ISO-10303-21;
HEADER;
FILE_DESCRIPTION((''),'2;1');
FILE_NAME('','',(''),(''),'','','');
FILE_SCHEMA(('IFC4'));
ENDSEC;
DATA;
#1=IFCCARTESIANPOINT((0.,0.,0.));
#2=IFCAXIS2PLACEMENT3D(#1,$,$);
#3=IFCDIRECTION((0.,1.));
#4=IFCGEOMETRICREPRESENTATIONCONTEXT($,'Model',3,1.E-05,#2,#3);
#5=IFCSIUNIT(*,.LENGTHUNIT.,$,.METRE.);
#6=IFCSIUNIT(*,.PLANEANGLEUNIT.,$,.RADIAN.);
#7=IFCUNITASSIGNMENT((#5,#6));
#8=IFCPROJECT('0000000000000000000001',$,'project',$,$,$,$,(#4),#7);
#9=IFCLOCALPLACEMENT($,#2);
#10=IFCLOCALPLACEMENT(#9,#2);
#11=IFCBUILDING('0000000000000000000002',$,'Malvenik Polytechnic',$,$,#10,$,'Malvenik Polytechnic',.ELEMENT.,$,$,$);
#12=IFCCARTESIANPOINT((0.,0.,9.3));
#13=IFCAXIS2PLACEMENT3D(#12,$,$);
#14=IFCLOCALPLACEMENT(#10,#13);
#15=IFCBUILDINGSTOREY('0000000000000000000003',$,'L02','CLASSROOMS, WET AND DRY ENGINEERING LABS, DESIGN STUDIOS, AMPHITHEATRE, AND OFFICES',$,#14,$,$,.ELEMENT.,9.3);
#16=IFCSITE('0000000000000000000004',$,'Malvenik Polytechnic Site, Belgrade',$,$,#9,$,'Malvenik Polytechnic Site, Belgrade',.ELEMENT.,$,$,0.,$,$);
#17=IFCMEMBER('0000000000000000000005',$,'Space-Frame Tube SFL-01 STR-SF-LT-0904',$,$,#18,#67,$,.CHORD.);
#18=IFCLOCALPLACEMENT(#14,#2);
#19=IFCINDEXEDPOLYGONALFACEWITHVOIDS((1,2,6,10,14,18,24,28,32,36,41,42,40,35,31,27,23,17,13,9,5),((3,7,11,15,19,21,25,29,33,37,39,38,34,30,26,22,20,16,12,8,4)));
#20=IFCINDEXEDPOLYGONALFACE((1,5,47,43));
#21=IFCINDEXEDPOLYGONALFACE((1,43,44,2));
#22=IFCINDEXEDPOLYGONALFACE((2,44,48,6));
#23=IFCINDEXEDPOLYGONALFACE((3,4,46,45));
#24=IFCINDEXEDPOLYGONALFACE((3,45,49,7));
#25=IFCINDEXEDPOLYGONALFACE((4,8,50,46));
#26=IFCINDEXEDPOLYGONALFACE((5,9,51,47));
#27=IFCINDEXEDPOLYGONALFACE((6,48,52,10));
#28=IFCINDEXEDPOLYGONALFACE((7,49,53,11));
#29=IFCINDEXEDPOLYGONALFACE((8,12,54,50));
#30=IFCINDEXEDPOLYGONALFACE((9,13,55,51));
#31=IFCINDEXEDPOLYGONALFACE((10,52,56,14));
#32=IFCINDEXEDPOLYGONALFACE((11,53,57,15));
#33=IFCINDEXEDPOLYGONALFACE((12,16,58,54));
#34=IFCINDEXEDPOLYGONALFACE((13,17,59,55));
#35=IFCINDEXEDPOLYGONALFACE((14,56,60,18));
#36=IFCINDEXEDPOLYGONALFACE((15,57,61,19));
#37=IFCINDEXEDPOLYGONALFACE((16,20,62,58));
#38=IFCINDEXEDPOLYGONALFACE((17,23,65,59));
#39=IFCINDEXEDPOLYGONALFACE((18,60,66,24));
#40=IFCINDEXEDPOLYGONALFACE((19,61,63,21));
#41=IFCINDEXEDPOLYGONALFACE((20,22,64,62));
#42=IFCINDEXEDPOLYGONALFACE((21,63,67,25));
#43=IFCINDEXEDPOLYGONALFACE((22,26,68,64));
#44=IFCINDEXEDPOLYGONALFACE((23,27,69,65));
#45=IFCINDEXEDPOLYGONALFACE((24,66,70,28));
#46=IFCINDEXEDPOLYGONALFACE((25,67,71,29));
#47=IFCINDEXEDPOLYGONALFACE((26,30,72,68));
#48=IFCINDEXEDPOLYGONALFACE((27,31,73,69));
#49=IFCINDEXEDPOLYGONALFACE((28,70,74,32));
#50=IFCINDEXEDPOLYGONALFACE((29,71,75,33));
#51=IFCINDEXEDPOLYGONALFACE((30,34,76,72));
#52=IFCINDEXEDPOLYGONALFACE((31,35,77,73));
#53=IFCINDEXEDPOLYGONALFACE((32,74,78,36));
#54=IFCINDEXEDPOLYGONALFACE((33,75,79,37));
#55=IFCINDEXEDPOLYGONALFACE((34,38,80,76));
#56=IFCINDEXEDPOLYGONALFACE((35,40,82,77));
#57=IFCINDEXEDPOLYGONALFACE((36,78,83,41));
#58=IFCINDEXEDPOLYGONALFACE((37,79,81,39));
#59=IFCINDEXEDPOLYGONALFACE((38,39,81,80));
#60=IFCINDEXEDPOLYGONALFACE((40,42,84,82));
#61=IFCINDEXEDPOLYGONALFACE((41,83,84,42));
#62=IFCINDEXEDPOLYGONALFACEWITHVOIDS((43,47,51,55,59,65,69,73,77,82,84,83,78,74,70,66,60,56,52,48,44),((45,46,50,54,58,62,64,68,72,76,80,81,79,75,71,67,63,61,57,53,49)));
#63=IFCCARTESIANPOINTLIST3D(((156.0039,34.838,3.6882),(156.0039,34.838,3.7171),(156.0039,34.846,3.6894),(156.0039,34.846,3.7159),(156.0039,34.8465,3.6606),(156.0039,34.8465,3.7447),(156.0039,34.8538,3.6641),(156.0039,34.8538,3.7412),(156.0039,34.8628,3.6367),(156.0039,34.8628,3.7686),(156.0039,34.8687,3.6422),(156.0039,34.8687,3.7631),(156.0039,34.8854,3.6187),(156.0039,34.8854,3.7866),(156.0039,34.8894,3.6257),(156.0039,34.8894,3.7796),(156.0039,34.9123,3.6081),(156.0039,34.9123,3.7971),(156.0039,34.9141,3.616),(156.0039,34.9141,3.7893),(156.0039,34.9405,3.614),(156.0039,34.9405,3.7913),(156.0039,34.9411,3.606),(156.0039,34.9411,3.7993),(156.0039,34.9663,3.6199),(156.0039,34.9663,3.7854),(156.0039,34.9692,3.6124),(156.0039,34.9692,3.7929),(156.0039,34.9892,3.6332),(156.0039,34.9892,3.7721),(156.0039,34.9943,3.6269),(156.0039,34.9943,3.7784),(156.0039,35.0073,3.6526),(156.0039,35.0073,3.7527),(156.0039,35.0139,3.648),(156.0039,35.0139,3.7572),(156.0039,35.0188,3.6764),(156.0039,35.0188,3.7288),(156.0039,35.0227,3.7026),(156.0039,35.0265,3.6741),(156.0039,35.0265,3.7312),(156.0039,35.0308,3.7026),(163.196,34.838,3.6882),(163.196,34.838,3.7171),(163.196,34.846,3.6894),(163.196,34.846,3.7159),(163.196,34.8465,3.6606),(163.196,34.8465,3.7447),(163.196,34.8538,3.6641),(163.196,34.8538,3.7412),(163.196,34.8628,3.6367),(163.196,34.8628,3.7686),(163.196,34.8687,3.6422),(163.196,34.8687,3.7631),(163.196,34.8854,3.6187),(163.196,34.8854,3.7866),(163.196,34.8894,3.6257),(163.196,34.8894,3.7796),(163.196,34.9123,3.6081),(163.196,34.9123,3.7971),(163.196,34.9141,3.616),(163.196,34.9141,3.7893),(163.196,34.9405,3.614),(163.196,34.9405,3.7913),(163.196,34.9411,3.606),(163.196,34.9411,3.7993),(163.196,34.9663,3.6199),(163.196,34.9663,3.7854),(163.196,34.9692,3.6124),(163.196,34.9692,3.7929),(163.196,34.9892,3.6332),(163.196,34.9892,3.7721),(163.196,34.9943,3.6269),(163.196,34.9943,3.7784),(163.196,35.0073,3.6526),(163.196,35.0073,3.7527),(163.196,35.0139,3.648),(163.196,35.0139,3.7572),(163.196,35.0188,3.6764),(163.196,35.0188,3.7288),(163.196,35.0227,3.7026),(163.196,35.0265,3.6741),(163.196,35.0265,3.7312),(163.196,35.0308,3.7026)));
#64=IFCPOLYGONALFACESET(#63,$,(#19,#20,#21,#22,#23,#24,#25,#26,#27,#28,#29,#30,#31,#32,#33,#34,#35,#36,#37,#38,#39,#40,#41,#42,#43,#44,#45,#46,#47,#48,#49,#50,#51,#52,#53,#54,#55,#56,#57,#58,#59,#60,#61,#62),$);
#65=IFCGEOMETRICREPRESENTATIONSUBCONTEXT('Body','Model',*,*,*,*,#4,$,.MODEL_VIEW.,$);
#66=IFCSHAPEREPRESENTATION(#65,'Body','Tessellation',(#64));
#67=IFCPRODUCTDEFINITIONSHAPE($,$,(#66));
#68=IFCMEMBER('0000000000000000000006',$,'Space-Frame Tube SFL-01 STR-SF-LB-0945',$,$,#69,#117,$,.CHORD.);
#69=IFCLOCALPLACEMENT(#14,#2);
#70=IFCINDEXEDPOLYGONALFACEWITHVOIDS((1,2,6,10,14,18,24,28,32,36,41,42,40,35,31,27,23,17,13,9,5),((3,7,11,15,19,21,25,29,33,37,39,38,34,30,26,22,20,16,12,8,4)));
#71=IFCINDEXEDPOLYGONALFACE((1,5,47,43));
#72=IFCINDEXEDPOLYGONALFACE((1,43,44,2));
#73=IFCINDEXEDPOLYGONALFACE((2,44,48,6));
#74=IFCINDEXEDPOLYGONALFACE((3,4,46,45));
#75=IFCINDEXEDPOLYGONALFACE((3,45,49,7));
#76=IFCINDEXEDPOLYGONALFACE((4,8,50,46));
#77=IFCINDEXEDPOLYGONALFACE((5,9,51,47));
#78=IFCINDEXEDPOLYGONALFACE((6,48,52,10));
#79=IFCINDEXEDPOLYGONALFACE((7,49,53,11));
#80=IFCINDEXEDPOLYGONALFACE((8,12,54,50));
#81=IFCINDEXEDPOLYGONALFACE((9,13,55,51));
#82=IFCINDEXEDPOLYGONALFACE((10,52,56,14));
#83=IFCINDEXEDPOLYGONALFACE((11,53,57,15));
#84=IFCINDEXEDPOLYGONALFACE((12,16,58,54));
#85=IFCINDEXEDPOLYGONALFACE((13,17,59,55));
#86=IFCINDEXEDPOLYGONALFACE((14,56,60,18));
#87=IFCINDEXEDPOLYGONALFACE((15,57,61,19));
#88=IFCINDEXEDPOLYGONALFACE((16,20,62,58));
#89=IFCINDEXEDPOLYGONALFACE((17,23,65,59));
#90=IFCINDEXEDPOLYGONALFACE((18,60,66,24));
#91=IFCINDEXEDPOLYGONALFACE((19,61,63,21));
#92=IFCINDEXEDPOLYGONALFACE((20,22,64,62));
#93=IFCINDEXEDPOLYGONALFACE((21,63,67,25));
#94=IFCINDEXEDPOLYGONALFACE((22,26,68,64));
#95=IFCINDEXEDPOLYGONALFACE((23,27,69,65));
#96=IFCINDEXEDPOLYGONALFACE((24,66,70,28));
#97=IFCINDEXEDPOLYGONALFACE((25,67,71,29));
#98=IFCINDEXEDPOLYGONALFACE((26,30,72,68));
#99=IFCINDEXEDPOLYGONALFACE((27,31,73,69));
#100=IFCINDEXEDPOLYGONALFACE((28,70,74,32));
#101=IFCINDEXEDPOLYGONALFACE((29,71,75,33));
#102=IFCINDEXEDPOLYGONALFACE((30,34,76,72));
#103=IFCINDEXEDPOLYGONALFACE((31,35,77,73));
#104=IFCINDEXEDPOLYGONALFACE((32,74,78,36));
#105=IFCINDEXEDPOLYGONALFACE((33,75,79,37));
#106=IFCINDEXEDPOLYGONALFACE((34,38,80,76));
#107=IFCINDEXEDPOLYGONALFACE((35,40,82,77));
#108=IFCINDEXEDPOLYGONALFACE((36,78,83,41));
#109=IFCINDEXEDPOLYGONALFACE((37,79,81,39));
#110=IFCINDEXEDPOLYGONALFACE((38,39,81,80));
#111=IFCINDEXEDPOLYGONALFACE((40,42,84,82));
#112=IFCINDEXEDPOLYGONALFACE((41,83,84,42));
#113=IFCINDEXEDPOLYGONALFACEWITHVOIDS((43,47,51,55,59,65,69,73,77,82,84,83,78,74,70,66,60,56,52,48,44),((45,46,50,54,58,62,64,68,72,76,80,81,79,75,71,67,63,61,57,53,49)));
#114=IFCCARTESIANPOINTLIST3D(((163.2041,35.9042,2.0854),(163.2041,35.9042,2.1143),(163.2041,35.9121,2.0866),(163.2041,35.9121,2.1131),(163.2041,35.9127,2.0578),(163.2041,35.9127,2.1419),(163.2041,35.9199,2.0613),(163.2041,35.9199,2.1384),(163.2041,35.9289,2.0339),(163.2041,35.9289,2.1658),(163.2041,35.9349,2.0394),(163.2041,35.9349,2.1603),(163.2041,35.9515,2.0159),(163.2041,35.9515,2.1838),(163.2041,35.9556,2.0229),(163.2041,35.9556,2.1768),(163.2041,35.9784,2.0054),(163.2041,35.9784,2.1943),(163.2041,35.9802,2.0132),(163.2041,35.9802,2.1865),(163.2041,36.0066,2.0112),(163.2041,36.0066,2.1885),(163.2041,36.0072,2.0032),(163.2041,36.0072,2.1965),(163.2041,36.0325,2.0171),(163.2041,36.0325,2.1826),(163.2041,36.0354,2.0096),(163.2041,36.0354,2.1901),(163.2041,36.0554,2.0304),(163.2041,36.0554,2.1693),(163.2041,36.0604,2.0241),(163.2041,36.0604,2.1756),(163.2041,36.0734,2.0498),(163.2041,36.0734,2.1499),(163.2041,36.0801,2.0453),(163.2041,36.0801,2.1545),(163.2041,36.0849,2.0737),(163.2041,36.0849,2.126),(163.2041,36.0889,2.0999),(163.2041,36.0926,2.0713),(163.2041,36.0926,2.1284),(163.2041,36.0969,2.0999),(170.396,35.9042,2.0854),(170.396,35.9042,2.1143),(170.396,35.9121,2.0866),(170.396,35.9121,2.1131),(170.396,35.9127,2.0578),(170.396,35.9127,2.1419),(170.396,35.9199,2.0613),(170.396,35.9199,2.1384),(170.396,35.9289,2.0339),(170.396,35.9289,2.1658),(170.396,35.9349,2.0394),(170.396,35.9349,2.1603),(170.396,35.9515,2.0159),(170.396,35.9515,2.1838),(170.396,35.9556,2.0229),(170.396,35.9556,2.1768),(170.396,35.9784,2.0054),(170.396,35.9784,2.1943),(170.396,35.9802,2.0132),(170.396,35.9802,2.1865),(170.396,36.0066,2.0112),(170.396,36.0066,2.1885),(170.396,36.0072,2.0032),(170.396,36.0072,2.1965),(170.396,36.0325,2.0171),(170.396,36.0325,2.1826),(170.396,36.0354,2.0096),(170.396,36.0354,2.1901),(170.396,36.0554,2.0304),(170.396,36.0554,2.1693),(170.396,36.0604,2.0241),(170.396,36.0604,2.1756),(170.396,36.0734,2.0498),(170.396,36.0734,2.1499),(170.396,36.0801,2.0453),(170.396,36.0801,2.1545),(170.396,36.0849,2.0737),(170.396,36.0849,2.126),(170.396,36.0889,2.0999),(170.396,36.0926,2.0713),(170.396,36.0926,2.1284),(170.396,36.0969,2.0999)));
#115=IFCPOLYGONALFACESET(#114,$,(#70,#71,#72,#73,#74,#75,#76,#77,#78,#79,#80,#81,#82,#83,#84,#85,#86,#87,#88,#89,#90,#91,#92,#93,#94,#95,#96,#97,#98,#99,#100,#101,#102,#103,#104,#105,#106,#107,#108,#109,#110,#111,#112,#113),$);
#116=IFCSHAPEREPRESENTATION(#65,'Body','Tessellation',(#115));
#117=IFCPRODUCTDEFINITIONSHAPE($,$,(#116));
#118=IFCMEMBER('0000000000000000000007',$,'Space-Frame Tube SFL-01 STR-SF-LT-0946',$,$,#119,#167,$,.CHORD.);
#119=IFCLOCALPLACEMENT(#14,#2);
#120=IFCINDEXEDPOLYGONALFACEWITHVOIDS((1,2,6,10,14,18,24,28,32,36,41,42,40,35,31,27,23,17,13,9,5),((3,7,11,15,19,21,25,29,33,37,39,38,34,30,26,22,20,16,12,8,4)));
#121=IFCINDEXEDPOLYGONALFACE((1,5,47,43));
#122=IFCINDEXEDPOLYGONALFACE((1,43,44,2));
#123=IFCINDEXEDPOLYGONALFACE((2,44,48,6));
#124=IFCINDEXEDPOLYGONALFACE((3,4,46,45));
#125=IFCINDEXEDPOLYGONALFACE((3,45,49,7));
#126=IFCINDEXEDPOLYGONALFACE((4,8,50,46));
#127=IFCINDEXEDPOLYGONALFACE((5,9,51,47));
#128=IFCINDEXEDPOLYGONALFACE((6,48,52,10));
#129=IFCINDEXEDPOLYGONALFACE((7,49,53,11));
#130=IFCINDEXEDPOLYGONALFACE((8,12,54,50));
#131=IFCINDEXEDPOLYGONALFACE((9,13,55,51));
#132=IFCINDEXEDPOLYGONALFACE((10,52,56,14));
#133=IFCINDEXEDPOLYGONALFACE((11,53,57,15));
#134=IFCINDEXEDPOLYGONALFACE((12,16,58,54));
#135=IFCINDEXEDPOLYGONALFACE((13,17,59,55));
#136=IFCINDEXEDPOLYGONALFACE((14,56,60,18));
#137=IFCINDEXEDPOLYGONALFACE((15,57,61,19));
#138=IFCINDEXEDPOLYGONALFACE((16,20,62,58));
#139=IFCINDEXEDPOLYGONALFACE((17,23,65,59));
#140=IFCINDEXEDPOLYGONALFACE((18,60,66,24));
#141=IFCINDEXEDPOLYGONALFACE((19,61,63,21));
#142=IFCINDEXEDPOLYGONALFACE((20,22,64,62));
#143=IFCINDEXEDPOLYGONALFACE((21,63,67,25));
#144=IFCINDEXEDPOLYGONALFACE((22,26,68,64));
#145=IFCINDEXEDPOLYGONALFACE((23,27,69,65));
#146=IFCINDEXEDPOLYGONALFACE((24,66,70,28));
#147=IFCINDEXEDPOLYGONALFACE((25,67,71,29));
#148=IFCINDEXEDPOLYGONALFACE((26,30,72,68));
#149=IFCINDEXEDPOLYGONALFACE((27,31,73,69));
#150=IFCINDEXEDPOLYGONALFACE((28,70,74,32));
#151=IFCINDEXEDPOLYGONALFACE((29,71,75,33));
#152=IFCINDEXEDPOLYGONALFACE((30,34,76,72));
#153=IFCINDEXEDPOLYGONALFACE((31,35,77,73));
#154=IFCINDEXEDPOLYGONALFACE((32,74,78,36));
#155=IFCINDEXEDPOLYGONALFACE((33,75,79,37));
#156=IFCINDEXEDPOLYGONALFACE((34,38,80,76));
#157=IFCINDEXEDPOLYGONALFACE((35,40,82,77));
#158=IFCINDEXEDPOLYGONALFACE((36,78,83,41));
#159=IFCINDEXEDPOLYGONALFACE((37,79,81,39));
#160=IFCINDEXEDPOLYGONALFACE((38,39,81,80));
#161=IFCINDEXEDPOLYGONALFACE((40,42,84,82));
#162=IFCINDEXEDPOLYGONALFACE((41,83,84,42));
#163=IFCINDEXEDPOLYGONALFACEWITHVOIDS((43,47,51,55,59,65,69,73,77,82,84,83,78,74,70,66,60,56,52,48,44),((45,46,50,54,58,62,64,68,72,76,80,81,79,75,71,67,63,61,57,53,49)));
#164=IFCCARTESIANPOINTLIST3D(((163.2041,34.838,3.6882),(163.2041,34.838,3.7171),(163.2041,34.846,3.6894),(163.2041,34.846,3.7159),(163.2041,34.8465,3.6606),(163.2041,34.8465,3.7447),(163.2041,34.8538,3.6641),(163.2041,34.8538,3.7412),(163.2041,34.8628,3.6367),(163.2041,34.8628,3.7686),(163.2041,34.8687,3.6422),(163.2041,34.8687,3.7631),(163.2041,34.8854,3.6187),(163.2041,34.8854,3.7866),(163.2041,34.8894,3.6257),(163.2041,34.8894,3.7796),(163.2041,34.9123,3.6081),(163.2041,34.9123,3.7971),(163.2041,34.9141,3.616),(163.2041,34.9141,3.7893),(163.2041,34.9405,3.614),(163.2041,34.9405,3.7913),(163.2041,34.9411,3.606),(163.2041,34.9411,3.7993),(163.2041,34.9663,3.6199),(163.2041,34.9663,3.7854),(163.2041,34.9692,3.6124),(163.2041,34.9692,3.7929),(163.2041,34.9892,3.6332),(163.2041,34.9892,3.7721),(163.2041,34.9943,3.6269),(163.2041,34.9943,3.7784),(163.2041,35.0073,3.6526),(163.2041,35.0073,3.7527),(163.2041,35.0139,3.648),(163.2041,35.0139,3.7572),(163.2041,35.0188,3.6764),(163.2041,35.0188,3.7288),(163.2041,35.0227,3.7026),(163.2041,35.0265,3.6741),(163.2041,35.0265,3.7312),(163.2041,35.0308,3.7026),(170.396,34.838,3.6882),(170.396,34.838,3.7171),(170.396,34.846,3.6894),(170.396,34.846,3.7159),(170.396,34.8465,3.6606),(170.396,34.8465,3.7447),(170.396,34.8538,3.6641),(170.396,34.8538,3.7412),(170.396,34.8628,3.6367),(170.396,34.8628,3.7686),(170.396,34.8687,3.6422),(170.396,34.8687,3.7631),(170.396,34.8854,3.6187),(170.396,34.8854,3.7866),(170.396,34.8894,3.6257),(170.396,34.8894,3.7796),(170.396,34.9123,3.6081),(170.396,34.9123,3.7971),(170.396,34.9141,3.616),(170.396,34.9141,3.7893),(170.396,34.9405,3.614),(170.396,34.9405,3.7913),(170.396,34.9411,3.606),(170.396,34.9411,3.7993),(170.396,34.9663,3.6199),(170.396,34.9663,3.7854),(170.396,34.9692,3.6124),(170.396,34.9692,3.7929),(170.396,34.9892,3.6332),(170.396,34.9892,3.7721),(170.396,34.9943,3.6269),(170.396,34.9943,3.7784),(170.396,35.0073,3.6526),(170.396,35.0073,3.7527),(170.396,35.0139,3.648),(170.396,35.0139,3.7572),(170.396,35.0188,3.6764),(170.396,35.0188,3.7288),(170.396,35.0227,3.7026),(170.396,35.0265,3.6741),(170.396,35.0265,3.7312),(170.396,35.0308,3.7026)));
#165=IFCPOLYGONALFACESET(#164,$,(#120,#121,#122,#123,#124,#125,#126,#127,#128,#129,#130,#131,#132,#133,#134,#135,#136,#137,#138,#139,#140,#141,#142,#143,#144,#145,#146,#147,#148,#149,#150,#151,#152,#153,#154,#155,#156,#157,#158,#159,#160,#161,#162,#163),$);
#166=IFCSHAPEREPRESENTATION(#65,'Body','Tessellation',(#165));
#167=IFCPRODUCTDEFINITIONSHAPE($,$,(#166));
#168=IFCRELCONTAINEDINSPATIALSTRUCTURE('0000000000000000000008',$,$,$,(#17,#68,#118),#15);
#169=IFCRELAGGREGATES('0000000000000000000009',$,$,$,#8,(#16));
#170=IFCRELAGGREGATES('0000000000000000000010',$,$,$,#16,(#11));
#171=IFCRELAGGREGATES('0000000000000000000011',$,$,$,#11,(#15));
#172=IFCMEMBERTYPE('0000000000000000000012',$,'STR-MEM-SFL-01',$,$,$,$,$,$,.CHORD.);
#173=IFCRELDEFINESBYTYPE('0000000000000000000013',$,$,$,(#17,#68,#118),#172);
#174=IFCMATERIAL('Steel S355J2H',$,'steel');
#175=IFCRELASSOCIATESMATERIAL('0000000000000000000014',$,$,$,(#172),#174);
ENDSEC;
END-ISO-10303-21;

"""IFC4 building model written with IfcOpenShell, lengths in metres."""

from ifc_helpers import new_model, si_unit, direction, frame, origin, origin_2d, place, context, subcontext, project, spatial, hollow_circle, extrude, material, material_profile, profile_set, type_object, element, save


model = new_model("IFC4")

# Units and contexts
model_context = context("Model", 3, precision=1e-05, world=origin(), true_north=direction((0.0, 1.0)))
body_context = subcontext(model_context, "Body", "Model", "MODEL_VIEW")
ifc_project = project(units=[si_unit("LENGTHUNIT", "METRE"), si_unit("PLANEANGLEUNIT", "RADIAN")], contexts=[model_context])

# Site, building, storey
site_placement = place(None, origin())
site = spatial("IfcSite", under=ifc_project, at=site_placement, Name="Malvenik Polytechnic Site, Belgrade", LongName="Malvenik Polytechnic Site, Belgrade", CompositionType="ELEMENT", RefElevation=0.0)
building_placement = place(site_placement, origin())
building = spatial("IfcBuilding", under=site, at=building_placement, Name="Malvenik Polytechnic", LongName="Malvenik Polytechnic", CompositionType="ELEMENT")
storey_placement = place(building_placement, frame((0.0, 0.0, 9.3)))
storey = spatial("IfcBuildingStorey", under=building, at=storey_placement, Name="L02", Description="CLASSROOMS, WET AND DRY ENGINEERING LABS, DESIGN STUDIOS, AMPHITHEATRE, AND OFFICES", CompositionType="ELEMENT", Elevation=9.3)

# Members
ifc_material_1 = material(Name="Steel S355J2H", Category="steel")
ifc_material_profile_1 = material_profile(ifc_material_1, hollow_circle(Radius=0.0969, WallThickness=0.0081, at=origin_2d()), Name="CHS 193.7x8.0")
ifc_profile_set_1 = profile_set([ifc_material_profile_1], Name="Steel S355J2H")
member_type_1 = type_object("IfcMemberType", Name="STR-MEM-SFL-01", PredefinedType="CHORD", material=ifc_profile_set_1)
for number, where, z_axis, x_axis, name in (
    (1, (156.0039, 34.9338, 3.7026), (1.0, 0.0, 0.0), (0.0, 1.0, 0.0), "Space-Frame Tube SFL-01 STR-SF-LT-0904"),
):
    element("IfcMember", number, at=place(storey_placement, frame(where, z_axis=z_axis, x_axis=x_axis)), inside=storey, type_object=member_type_1, Name=name, PredefinedType="CHORD", context=body_context, shape_type="SweptSolid", body=[
        extrude(hollow_circle(Radius=0.0969, WallThickness=0.0081, at=origin_2d()), origin(), (0.0, 0.0, 1.0), 7.1921),
    ])
for number, where, z_axis, x_axis, name in (
    (2, (163.2041, 36.0, 2.0999), (1.0, 0.0, 0.0), (0.0, 1.0, 0.0), "Space-Frame Tube SFL-01 STR-SF-LB-0945"),
    (3, (163.2041, 34.9338, 3.7026), (1.0, 0.0, 0.0), (0.0, 1.0, 0.0), "Space-Frame Tube SFL-01 STR-SF-LT-0946"),
):
    element("IfcMember", number, at=place(storey_placement, frame(where, z_axis=z_axis, x_axis=x_axis)), inside=storey, type_object=member_type_1, Name=name, PredefinedType="CHORD", context=body_context, shape_type="SweptSolid", body=[
        extrude(hollow_circle(Radius=0.0969, WallThickness=0.0081, at=origin_2d()), origin(), (0.0, 0.0, 1.0), 7.1919),
    ])

save(model, "model.ifc")
